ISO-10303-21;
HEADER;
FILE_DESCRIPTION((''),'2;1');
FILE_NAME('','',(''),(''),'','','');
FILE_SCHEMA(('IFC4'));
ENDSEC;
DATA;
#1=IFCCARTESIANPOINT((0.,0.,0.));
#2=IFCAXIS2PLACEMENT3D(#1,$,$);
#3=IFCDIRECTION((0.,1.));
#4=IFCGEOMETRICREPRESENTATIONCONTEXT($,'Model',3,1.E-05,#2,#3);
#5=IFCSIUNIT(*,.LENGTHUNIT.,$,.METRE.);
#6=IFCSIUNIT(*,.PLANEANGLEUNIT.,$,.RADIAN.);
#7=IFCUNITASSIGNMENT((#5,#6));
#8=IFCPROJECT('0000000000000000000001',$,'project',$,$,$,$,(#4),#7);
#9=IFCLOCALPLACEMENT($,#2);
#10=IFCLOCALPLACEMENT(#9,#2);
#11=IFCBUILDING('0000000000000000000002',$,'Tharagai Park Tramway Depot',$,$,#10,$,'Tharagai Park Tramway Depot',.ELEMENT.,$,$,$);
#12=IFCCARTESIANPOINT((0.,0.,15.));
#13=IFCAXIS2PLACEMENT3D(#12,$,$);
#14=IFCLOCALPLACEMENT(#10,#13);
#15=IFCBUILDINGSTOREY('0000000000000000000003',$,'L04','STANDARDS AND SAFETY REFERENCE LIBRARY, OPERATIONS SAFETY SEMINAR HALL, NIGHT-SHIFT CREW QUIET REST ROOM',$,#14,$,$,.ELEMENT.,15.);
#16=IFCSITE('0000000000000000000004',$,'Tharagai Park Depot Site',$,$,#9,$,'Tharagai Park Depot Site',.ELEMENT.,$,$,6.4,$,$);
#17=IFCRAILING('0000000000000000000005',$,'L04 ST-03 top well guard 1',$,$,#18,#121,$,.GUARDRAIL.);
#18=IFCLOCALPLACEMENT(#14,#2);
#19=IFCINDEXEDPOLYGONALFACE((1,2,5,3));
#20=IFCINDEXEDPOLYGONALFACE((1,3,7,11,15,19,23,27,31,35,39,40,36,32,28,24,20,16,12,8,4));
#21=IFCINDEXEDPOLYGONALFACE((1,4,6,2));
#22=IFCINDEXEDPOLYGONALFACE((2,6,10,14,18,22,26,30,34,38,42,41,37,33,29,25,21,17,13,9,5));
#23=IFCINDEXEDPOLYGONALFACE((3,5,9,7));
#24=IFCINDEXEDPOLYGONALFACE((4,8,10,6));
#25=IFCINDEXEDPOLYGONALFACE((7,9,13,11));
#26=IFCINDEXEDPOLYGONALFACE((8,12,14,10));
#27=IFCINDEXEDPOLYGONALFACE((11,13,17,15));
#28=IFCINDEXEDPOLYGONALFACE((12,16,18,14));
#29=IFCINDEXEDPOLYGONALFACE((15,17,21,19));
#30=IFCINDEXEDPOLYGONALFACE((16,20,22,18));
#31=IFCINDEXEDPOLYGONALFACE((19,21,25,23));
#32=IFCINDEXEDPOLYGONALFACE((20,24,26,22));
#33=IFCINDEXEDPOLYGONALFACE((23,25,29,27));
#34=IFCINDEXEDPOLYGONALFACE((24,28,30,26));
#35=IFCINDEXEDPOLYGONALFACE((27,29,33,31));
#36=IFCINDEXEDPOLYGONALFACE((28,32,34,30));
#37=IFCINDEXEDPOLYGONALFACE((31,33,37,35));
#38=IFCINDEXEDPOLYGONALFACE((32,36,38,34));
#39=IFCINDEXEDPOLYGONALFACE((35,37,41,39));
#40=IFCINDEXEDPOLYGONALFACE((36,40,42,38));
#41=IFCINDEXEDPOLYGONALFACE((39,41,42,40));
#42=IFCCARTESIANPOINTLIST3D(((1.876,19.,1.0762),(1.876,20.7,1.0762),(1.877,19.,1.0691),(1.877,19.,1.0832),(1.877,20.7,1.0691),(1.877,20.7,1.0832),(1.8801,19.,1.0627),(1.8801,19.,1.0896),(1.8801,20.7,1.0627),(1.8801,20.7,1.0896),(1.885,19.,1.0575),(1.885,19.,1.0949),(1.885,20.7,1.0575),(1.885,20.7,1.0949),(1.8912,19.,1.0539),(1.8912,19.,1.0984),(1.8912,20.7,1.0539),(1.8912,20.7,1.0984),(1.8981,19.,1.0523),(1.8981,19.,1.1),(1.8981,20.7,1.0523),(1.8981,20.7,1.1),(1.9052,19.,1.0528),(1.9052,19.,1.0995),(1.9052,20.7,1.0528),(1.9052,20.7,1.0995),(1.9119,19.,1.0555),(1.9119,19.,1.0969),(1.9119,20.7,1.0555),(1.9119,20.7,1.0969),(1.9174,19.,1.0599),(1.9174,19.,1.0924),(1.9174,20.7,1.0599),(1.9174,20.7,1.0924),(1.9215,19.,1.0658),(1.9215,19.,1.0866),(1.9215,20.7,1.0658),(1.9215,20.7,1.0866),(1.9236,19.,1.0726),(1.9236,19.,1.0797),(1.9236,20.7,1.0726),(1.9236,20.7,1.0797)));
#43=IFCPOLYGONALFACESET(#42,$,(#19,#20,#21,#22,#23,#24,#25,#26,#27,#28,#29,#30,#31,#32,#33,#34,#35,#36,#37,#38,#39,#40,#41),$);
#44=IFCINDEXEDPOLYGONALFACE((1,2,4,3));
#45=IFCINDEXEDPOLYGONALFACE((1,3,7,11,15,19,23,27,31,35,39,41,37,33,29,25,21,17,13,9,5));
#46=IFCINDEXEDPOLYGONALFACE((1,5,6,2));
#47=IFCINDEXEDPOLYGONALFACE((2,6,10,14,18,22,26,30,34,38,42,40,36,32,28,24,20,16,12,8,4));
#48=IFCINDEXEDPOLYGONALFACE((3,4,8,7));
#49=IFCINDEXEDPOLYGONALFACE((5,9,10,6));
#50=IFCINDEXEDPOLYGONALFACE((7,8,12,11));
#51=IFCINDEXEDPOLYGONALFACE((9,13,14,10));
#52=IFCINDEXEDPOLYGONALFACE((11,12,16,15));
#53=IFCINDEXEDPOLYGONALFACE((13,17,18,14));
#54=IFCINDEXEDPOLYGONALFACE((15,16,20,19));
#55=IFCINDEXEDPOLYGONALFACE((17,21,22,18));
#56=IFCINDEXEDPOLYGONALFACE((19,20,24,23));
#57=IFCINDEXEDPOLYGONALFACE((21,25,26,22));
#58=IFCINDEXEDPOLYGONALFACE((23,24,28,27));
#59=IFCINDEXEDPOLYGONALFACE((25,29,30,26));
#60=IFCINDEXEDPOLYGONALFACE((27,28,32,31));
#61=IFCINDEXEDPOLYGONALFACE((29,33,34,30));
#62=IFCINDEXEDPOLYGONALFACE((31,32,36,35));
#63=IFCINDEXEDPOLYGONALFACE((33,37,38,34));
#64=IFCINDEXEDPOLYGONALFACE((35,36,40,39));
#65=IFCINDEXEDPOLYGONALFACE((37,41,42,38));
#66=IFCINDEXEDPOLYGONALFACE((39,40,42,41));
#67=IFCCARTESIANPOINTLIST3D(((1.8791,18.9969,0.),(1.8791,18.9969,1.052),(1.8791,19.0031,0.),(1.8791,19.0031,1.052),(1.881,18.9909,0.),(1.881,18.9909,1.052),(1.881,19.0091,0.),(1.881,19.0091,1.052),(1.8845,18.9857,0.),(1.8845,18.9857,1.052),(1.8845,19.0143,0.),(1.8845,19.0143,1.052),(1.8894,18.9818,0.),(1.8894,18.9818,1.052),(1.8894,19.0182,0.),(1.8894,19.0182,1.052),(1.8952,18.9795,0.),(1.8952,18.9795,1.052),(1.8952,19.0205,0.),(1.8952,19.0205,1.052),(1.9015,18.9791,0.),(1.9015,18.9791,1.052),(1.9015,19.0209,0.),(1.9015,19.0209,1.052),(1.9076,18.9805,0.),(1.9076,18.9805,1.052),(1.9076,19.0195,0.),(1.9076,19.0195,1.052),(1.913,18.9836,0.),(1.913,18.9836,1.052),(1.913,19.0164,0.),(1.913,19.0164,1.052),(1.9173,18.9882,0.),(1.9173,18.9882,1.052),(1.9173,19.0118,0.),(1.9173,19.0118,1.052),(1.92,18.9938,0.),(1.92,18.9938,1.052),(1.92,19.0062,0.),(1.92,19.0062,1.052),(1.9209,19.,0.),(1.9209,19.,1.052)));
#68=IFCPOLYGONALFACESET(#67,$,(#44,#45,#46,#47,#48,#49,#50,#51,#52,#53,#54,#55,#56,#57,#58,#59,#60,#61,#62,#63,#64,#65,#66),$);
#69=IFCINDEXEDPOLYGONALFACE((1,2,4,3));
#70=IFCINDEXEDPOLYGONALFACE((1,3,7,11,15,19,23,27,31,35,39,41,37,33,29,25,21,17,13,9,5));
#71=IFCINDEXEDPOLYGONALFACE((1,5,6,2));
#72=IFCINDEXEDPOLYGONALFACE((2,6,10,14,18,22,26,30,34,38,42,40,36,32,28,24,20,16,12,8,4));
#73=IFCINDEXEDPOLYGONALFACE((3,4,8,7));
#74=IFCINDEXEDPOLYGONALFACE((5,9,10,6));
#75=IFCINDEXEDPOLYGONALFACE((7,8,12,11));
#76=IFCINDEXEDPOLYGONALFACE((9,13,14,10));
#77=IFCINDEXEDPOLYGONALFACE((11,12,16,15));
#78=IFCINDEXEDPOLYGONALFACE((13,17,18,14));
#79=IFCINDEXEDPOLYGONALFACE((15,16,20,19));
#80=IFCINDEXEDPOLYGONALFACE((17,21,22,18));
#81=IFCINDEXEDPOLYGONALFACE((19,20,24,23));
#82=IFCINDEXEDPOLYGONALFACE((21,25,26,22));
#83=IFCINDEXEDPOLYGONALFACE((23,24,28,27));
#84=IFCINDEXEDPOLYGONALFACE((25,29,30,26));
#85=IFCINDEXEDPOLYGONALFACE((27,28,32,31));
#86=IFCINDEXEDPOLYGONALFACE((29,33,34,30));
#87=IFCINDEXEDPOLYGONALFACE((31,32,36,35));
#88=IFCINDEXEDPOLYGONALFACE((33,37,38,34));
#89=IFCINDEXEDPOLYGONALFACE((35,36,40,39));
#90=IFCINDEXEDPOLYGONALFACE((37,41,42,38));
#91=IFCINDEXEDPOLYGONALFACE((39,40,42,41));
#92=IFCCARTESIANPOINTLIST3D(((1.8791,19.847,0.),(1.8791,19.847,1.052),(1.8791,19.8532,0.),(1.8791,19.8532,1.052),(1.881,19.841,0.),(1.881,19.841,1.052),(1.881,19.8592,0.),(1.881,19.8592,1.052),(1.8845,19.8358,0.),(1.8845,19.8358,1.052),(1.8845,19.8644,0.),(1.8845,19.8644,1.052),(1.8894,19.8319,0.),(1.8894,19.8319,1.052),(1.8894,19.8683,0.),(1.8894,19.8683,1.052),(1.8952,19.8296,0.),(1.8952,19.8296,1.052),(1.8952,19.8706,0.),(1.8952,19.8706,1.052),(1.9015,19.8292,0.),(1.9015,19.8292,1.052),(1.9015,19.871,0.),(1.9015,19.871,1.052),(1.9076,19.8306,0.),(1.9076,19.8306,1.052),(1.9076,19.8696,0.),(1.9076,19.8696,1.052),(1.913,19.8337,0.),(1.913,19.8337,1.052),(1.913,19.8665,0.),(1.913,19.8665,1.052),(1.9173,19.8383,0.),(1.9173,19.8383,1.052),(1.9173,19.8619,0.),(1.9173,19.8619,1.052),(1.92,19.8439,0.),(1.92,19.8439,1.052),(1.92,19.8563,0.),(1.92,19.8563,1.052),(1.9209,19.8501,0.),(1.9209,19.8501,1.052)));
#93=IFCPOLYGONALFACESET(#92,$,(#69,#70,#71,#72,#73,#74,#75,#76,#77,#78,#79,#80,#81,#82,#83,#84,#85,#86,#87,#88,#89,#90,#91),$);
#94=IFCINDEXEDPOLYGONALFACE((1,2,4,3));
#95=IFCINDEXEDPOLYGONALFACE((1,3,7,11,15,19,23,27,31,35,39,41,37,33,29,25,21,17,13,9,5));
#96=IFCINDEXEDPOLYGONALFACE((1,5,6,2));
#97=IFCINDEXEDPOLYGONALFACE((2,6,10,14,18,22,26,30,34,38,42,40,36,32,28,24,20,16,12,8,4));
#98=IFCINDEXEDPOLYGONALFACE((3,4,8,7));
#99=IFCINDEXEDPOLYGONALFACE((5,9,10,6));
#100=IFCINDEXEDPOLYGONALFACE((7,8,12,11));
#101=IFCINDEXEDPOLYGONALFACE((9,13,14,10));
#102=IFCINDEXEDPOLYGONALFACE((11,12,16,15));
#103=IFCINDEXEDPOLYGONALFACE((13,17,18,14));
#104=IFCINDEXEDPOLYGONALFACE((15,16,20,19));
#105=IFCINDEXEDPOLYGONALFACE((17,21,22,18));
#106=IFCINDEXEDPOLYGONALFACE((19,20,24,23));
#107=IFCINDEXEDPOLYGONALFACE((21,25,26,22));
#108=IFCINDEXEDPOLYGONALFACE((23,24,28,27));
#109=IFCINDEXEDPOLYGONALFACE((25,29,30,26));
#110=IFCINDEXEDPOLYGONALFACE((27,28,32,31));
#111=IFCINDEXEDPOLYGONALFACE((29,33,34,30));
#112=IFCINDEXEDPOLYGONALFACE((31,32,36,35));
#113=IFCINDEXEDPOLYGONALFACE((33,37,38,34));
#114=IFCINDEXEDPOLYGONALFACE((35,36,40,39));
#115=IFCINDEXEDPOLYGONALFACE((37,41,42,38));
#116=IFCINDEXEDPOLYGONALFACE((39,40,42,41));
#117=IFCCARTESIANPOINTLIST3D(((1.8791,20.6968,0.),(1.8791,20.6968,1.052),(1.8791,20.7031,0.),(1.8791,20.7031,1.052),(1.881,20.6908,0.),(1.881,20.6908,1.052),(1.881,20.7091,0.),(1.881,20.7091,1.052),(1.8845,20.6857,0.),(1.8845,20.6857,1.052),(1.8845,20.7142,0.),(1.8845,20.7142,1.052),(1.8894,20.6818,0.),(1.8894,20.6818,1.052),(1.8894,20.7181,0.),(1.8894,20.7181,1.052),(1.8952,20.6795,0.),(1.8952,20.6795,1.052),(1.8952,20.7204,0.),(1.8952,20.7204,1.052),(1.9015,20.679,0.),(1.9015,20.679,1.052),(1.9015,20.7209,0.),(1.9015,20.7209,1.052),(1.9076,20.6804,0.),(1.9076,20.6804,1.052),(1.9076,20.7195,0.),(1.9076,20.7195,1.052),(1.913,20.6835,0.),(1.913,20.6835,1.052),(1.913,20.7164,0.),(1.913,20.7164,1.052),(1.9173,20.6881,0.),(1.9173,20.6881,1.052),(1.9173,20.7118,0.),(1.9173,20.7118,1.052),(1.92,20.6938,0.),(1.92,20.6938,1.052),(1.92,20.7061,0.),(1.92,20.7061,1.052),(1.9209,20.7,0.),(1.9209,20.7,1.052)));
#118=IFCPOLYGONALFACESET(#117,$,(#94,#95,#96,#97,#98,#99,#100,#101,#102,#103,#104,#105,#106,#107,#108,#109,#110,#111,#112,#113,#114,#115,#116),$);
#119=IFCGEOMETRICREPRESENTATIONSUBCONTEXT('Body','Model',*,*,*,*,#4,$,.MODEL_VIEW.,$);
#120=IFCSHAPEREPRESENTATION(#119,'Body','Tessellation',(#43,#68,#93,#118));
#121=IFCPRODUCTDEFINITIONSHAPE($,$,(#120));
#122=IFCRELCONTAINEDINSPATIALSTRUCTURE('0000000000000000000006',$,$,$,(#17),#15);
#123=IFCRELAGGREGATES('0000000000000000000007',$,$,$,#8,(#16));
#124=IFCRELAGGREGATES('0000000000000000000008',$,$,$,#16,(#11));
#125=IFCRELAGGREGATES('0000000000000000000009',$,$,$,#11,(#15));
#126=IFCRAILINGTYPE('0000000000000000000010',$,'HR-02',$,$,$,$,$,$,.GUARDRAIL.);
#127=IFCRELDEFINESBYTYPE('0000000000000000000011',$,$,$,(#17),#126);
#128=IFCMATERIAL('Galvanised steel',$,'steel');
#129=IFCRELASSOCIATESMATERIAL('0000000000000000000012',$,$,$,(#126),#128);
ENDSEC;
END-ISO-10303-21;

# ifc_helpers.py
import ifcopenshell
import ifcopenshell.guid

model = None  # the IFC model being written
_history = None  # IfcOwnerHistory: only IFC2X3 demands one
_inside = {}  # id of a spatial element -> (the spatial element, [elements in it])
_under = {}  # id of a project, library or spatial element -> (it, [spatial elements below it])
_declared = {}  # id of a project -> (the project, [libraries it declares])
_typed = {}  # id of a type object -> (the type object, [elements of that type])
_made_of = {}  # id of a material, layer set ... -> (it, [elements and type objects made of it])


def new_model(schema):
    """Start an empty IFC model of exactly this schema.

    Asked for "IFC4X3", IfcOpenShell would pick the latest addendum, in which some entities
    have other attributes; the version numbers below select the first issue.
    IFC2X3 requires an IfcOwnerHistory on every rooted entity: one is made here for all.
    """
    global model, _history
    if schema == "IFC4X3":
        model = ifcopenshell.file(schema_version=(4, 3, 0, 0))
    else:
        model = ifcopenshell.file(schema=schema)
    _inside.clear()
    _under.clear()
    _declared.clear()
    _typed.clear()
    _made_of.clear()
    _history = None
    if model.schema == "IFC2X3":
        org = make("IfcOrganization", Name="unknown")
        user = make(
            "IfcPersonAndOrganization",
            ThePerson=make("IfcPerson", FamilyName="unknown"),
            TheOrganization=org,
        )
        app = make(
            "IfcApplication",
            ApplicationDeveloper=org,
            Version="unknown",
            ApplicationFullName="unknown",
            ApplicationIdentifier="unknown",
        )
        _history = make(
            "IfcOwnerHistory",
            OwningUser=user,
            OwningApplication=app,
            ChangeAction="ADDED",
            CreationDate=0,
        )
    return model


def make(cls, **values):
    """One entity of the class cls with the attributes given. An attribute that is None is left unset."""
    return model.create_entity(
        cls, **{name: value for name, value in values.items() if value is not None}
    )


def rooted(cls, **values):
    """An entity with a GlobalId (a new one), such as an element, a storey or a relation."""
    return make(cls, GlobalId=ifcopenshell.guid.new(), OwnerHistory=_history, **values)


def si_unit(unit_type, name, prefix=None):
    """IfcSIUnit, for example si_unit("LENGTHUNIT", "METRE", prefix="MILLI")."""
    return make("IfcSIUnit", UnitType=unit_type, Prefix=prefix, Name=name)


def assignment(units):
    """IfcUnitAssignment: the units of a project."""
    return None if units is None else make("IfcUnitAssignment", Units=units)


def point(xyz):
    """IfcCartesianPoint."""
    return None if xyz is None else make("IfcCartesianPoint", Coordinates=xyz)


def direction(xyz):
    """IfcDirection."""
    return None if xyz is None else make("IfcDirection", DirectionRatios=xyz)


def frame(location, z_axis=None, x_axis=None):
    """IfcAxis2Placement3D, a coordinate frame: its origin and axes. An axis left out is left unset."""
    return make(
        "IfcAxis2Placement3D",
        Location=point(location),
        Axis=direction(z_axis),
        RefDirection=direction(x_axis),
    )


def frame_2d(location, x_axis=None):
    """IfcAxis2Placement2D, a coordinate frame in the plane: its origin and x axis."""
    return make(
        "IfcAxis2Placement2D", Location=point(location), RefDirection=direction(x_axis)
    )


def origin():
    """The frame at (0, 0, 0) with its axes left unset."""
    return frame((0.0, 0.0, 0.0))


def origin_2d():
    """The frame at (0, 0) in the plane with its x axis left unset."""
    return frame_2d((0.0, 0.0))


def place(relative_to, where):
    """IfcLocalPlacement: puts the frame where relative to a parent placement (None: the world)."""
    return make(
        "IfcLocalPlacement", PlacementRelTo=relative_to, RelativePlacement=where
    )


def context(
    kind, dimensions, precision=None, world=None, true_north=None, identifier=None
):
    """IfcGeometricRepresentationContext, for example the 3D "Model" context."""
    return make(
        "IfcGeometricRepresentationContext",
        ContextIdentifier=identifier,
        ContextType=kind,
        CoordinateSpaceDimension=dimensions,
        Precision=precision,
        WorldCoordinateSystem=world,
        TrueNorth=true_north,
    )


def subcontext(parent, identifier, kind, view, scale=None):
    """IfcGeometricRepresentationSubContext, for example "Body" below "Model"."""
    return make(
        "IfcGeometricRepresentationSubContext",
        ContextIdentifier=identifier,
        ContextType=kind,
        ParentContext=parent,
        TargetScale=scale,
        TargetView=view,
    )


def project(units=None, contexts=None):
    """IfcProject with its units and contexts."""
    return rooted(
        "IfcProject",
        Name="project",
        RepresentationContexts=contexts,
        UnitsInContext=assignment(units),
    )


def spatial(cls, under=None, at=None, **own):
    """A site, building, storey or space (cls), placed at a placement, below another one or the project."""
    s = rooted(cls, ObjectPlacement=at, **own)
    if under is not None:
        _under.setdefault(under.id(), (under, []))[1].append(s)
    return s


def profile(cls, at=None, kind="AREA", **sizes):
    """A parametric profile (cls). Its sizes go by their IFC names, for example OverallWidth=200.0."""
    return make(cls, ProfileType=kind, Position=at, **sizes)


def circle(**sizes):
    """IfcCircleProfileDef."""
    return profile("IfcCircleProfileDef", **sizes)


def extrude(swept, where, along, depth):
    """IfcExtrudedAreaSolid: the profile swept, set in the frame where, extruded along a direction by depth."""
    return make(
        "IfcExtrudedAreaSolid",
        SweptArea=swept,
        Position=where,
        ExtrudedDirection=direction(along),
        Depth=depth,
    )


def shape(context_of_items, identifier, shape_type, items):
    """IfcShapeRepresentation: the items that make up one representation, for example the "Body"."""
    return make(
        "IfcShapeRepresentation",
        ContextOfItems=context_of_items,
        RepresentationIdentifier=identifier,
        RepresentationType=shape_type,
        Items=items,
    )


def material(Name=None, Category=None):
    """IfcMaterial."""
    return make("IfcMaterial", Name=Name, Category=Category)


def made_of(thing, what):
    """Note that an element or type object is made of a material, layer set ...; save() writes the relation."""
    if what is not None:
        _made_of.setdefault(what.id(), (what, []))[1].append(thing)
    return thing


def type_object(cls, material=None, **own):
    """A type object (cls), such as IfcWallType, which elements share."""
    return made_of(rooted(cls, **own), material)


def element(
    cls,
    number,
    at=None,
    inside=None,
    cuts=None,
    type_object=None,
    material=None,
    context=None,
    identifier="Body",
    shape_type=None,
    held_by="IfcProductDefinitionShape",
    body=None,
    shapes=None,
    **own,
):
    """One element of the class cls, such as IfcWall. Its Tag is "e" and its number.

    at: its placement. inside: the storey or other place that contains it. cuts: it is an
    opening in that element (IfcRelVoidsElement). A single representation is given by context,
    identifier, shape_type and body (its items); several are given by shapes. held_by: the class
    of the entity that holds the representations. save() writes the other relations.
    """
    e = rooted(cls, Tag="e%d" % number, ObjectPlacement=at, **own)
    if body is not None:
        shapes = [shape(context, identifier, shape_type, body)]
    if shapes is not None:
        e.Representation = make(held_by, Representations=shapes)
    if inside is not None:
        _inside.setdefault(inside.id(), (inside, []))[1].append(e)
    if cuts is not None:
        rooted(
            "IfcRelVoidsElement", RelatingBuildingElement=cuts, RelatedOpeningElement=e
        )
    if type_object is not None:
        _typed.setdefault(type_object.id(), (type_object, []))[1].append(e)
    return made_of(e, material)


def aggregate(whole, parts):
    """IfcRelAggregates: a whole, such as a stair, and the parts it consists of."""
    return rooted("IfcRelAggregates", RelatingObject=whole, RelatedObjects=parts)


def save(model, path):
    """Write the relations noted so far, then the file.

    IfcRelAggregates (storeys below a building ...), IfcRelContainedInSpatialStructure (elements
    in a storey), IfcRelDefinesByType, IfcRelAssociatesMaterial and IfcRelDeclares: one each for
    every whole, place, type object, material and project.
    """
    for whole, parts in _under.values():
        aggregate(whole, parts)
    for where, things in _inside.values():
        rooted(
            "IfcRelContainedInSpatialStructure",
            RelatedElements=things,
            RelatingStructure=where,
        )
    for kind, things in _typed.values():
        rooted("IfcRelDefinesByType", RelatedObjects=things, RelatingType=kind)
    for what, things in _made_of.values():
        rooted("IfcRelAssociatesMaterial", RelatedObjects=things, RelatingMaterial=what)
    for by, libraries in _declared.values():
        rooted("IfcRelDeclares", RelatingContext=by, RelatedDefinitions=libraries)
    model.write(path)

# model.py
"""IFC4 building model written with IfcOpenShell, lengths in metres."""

from ifc_helpers import new_model, si_unit, direction, frame, origin, origin_2d, place, context, subcontext, project, spatial, circle, extrude, material, type_object, element, save


model = new_model("IFC4")

# Units and contexts
model_context = context("Model", 3, precision=1e-05, world=origin(), true_north=direction((0.0, 1.0)))
body_context = subcontext(model_context, "Body", "Model", "MODEL_VIEW")
ifc_project = project(units=[si_unit("LENGTHUNIT", "METRE"), si_unit("PLANEANGLEUNIT", "RADIAN")], contexts=[model_context])

# Site, building, storey
site_placement = place(None, origin())
site = spatial("IfcSite", under=ifc_project, at=site_placement, Name="Tharagai Park Depot Site", LongName="Tharagai Park Depot Site", CompositionType="ELEMENT", RefElevation=6.4)
building_placement = place(site_placement, origin())
building = spatial("IfcBuilding", under=site, at=building_placement, Name="Tharagai Park Tramway Depot", LongName="Tharagai Park Tramway Depot", CompositionType="ELEMENT")
storey_placement = place(building_placement, frame((0.0, 0.0, 15.0)))
storey = spatial("IfcBuildingStorey", under=building, at=storey_placement, Name="L04", Description="STANDARDS AND SAFETY REFERENCE LIBRARY, OPERATIONS SAFETY SEMINAR HALL, NIGHT-SHIFT CREW QUIET REST ROOM", CompositionType="ELEMENT", Elevation=15.0)

# Shared definitions
ifc_material_1 = material(Name="Galvanised steel", Category="steel")

# Railing
railing_type = type_object("IfcRailingType", Name="HR-02", PredefinedType="GUARDRAIL", material=ifc_material_1)
railing_placement = place(storey_placement, frame((1.8999, 19.0, 0.0)))
element("IfcRailing", 1, at=railing_placement, inside=storey, type_object=railing_type, Name="L04 ST-03 top well guard 1", PredefinedType="GUARDRAIL", context=body_context, shape_type="SweptSolid", body=[
    extrude(circle(Radius=0.0239, at=origin_2d()), frame((0.0, 0.0, 1.0762), z_axis=(0.0, 1.0, 0.0), x_axis=(-1.0, 0.0, 0.0)), (0.0, 0.0, 1.0), 1.7),
    extrude(circle(Radius=0.021, at=origin_2d()), origin(), (0.0, 0.0, 1.0), 1.052),
    extrude(circle(Radius=0.021, at=origin_2d()), frame((0.0, 0.8501, 0.0)), (0.0, 0.0, 1.0), 1.052),
    extrude(circle(Radius=0.021, at=origin_2d()), frame((0.0, 1.7, 0.0)), (0.0, 0.0, 1.0), 1.052),
])

save(model, "model.ifc")
